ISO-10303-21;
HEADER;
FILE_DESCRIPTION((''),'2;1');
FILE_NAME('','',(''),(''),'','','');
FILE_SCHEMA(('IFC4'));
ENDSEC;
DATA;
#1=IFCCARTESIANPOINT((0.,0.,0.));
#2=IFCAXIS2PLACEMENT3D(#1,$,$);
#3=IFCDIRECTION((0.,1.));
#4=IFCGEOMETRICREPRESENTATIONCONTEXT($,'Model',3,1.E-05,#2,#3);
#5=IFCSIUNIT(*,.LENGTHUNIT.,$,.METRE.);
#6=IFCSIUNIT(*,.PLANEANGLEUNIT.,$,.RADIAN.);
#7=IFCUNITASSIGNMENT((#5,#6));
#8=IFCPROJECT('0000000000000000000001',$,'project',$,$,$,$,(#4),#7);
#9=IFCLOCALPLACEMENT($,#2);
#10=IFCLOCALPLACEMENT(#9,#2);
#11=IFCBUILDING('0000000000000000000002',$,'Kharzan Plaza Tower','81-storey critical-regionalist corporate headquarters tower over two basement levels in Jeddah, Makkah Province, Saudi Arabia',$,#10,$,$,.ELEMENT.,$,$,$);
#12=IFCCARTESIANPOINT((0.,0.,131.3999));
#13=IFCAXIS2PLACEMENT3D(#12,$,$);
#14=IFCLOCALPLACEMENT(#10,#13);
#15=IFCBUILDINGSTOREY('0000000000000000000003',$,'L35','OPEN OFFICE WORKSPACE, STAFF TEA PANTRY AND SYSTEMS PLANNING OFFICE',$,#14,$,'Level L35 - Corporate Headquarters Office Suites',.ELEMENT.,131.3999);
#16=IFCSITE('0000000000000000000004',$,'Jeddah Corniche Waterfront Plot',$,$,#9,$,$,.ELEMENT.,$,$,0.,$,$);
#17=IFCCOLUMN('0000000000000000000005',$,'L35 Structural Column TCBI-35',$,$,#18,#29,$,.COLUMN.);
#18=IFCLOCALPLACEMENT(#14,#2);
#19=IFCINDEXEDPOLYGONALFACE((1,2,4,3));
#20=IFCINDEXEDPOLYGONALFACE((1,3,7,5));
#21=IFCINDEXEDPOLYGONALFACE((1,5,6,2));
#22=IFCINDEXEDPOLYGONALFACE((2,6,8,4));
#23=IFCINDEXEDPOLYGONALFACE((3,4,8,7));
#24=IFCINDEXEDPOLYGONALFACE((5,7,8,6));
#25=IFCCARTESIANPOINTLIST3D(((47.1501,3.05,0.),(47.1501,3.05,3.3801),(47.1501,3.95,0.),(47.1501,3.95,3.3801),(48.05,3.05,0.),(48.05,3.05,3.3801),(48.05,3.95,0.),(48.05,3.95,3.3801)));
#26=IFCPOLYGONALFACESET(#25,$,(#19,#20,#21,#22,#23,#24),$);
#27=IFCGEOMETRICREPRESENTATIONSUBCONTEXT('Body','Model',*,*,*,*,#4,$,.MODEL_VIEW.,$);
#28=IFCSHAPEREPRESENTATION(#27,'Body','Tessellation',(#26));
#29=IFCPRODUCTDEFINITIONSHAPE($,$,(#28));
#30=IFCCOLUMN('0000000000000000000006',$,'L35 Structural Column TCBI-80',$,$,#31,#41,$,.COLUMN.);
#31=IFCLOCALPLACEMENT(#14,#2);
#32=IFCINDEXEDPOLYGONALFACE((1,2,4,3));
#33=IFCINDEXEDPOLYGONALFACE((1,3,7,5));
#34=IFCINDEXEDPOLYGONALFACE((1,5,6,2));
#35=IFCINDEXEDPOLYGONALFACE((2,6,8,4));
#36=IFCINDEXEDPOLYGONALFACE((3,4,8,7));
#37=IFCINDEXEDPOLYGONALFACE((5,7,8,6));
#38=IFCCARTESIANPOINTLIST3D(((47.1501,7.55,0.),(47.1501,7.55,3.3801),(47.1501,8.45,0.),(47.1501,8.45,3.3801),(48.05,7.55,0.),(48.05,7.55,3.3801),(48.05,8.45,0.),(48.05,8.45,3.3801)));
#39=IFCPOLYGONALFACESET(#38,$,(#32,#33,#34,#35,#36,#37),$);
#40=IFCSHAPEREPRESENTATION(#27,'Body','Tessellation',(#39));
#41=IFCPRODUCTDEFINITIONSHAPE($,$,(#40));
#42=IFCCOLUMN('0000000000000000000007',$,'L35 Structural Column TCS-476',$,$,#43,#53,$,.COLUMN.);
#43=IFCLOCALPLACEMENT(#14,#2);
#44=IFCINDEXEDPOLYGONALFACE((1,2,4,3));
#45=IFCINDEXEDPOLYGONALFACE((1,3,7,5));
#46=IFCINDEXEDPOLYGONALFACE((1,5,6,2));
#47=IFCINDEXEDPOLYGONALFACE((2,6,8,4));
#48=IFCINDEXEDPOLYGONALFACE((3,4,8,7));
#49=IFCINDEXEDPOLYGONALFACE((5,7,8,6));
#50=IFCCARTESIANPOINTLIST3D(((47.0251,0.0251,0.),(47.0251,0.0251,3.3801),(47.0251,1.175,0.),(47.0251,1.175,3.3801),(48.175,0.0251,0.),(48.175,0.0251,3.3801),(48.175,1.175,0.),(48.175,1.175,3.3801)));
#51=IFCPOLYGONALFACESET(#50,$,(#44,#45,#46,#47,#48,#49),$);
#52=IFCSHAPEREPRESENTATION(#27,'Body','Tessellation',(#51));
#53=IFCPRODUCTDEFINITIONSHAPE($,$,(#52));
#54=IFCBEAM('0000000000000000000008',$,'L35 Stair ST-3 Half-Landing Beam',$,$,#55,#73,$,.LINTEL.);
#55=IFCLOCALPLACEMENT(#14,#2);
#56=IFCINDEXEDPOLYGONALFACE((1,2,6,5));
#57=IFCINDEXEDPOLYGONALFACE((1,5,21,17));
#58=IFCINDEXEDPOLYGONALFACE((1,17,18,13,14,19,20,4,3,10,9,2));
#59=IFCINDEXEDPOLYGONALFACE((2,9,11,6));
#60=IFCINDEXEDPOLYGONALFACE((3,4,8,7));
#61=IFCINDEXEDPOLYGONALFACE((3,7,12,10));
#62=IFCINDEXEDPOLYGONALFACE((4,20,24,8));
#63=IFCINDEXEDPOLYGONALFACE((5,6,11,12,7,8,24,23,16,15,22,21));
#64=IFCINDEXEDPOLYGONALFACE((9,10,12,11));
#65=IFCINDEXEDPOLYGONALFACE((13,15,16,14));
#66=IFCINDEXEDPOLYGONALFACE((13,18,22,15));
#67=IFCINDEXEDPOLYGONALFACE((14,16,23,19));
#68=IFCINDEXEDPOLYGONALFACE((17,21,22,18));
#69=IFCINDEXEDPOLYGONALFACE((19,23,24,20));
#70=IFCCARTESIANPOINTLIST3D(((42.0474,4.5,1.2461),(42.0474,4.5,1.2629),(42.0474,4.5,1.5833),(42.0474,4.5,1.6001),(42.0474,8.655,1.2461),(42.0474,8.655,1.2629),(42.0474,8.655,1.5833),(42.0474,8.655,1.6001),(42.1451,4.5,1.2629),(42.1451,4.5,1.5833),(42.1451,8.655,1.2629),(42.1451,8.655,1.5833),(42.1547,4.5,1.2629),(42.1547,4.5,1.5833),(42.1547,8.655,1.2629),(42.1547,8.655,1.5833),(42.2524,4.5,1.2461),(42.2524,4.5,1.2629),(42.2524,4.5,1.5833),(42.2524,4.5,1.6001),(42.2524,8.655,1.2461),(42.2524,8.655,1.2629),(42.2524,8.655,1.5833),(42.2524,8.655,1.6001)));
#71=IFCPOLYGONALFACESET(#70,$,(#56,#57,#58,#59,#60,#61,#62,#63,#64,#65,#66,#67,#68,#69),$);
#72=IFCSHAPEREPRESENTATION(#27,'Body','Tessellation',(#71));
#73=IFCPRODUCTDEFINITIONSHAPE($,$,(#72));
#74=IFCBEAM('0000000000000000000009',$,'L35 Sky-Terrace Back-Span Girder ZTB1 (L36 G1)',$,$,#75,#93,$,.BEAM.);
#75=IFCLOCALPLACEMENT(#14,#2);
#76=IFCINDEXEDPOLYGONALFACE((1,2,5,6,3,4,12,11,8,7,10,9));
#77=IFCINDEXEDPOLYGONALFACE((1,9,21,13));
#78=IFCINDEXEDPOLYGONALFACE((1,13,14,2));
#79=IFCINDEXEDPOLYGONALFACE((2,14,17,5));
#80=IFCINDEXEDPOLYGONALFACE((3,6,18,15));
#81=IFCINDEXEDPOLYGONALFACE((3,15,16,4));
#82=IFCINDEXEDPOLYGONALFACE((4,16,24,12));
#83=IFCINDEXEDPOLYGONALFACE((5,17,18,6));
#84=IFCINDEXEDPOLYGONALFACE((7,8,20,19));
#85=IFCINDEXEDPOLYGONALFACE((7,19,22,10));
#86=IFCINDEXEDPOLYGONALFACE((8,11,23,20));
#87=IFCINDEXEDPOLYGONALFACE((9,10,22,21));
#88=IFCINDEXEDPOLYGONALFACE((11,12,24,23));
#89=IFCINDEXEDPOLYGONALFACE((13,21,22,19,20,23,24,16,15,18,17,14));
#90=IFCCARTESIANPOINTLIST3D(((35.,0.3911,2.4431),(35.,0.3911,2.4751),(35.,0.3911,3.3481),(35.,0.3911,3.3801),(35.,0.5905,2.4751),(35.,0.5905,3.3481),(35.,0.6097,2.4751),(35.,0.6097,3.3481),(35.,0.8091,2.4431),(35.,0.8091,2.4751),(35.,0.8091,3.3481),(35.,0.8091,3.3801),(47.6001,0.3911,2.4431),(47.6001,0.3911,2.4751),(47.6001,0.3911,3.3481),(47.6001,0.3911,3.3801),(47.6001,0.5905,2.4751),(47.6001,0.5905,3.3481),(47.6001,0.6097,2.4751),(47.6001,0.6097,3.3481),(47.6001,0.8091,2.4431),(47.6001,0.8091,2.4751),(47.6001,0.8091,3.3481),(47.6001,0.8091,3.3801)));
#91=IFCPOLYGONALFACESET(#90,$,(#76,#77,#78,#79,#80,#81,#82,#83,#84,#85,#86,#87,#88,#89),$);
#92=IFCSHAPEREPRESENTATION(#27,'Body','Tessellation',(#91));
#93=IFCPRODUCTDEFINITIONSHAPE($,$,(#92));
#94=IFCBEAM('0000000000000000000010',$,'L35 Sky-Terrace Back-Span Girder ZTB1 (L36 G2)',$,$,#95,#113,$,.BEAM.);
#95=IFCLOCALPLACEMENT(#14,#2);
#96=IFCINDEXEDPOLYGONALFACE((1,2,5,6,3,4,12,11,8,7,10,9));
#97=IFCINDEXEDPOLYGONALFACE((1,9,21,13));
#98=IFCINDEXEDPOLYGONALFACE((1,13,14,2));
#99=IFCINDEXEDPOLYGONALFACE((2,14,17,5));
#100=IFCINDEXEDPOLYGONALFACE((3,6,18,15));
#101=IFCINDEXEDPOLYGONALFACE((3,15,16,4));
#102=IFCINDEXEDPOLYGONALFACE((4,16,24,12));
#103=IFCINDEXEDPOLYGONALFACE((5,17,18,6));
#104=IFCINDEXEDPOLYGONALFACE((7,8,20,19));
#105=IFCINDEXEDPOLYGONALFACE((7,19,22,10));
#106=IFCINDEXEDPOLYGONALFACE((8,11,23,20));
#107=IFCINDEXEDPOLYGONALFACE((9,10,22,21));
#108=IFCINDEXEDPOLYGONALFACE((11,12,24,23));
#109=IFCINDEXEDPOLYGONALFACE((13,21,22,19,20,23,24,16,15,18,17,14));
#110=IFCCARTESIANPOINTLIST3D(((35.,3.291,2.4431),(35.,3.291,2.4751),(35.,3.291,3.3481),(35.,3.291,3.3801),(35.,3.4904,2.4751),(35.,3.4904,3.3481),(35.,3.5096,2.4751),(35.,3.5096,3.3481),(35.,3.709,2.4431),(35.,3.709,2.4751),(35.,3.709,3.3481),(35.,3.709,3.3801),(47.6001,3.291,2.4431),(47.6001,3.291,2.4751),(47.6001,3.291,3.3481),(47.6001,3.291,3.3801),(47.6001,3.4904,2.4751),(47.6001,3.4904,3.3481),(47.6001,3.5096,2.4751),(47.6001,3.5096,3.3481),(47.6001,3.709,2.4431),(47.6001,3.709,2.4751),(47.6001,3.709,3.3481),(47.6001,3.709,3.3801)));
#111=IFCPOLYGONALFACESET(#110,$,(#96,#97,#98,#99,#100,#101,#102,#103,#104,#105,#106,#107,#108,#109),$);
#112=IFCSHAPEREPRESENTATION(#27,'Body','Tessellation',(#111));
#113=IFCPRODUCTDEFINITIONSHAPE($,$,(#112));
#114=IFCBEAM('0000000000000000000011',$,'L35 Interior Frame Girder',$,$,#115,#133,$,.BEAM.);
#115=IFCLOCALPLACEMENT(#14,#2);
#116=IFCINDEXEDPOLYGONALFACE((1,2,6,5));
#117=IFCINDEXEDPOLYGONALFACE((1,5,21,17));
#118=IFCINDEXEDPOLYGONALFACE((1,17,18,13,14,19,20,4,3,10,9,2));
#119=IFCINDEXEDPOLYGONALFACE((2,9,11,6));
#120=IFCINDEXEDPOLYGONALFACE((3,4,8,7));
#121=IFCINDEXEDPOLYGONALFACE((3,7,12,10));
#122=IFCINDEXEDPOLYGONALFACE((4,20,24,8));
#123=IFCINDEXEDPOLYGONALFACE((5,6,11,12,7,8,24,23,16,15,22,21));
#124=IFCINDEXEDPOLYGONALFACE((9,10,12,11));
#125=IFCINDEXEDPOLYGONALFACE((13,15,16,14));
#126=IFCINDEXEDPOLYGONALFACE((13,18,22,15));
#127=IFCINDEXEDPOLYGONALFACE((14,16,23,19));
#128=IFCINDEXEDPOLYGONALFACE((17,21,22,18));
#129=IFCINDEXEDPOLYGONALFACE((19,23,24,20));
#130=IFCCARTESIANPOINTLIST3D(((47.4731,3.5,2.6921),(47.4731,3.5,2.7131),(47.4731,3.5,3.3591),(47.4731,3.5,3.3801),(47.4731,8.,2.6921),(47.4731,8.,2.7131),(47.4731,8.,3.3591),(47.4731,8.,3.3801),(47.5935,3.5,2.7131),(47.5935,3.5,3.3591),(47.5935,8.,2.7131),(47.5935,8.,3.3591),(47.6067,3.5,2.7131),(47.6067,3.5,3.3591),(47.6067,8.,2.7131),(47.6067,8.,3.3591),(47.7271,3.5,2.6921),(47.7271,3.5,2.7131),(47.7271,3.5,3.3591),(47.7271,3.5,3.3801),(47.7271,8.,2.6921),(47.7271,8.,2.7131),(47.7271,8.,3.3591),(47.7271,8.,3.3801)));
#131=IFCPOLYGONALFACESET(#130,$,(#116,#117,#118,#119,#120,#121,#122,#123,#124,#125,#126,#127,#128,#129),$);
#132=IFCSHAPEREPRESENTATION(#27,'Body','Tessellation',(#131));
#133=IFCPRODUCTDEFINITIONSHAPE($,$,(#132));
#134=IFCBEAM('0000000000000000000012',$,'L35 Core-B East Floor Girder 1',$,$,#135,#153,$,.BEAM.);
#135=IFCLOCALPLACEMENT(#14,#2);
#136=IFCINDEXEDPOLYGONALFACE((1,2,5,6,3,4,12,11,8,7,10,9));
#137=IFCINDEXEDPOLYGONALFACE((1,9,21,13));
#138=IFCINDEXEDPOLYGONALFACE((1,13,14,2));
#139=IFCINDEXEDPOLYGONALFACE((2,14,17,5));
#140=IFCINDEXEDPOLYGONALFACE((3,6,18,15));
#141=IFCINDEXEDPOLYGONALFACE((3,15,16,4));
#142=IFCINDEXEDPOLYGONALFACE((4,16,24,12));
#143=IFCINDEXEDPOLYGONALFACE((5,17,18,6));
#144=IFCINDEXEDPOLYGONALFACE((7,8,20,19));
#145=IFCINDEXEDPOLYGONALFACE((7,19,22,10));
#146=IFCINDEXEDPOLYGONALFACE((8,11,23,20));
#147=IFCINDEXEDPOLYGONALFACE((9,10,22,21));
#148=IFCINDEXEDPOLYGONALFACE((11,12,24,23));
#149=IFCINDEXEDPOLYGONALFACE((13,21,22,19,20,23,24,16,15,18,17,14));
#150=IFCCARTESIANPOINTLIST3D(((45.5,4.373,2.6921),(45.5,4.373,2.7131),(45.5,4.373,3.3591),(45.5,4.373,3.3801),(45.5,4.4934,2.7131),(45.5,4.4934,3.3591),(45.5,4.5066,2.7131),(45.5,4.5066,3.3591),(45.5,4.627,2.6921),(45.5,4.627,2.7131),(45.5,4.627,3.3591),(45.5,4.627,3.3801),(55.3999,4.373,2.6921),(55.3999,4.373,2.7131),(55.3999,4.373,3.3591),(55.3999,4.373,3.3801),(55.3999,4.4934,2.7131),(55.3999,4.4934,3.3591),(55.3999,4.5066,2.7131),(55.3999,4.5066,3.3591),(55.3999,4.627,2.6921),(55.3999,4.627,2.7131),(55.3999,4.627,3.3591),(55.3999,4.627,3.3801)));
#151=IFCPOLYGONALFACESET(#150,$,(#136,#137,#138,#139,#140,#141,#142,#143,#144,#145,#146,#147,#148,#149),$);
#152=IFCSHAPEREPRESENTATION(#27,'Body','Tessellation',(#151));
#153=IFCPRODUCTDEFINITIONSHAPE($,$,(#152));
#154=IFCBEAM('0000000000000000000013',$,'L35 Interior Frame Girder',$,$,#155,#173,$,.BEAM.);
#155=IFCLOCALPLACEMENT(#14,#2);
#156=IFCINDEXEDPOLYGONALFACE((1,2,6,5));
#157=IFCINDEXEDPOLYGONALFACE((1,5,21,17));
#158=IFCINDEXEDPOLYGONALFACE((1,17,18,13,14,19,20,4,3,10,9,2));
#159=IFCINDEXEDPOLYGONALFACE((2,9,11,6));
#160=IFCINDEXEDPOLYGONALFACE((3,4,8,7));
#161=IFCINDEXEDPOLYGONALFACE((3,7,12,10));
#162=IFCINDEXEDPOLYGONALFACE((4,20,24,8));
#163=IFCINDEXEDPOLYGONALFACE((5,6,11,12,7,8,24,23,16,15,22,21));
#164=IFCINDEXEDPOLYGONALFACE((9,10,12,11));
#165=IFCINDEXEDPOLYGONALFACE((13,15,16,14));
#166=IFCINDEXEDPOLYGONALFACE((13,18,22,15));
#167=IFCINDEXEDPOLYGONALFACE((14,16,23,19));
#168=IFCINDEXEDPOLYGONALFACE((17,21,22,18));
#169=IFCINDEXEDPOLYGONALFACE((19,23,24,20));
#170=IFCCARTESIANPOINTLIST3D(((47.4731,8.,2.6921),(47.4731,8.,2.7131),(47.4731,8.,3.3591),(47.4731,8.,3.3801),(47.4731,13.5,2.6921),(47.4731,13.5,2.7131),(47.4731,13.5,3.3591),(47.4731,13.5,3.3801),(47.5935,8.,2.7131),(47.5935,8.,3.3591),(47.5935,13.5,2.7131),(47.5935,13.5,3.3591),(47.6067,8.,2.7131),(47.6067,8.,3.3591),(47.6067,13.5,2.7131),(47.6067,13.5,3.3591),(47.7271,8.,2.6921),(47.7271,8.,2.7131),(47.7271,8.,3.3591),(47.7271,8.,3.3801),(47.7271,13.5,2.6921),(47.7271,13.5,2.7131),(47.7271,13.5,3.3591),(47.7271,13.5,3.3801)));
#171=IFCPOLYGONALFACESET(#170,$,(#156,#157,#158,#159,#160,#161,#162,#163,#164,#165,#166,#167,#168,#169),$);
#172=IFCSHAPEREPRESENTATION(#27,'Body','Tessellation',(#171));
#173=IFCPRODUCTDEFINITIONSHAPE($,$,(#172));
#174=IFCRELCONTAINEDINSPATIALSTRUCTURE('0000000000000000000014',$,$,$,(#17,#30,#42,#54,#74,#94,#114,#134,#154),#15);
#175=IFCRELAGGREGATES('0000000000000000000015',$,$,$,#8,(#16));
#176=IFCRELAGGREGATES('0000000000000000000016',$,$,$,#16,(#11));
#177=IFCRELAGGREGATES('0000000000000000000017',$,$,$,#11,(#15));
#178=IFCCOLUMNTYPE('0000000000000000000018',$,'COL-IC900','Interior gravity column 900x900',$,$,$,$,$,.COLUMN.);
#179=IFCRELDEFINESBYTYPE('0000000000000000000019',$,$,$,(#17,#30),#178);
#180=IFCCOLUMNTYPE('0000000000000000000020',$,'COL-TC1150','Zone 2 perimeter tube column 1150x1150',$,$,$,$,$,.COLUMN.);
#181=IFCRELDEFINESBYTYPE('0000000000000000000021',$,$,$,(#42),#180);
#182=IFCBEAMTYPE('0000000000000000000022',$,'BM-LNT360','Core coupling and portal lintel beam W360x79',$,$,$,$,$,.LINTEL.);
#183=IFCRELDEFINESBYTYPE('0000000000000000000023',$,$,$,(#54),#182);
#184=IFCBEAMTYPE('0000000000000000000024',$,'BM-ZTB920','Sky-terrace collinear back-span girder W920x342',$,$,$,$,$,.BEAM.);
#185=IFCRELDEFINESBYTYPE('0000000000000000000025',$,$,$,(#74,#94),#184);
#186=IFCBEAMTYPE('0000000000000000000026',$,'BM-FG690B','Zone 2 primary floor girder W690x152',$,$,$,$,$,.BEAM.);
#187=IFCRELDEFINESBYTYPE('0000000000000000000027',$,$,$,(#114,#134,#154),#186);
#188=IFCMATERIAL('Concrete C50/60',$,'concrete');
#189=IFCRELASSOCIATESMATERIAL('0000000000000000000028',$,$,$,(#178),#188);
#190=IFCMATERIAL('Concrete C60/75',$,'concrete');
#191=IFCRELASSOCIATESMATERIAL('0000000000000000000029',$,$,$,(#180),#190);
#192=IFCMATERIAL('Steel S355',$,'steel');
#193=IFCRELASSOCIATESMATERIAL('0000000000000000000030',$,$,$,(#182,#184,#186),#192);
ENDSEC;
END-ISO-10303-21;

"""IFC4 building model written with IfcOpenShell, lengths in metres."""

from ifc_helpers import new_model, si_unit, direction, frame, origin, origin_2d, place, context, subcontext, project, spatial, rectangle, i_section, extrude, source, transform, mapped, material, material_profile, profile_set, type_object, element, save


model = new_model("IFC4")

# Units and contexts
model_context = context("Model", 3, precision=1e-05, world=origin(), true_north=direction((0.0, 1.0)))
body_context = subcontext(model_context, "Body", "Model", "MODEL_VIEW")
ifc_project = project(units=[si_unit("LENGTHUNIT", "METRE"), si_unit("PLANEANGLEUNIT", "RADIAN")], contexts=[model_context])

# Site, building, storey
site_placement = place(None, origin())
site = spatial("IfcSite", under=ifc_project, at=site_placement, Name="Jeddah Corniche Waterfront Plot", CompositionType="ELEMENT", RefElevation=0.0)
building_placement = place(site_placement, origin())
building = spatial("IfcBuilding", under=site, at=building_placement, Name="Kharzan Plaza Tower", Description="81-storey critical-regionalist corporate headquarters tower over two basement levels in Jeddah, Makkah Province, Saudi Arabia", CompositionType="ELEMENT")
storey_placement = place(building_placement, frame((0.0, 0.0, 131.3999)))
storey = spatial("IfcBuildingStorey", under=building, at=storey_placement, Name="L35", Description="OPEN OFFICE WORKSPACE, STAFF TEA PANTRY AND SYSTEMS PLANNING OFFICE", LongName="Level L35 - Corporate Headquarters Office Suites", CompositionType="ELEMENT", Elevation=131.3999)

# Columns
ifc_material_1 = material(Name="Concrete C50/60", Category="concrete")
ifc_material_profile_1 = material_profile(ifc_material_1, rectangle(XDim=0.8999, YDim=0.8999, at=origin_2d()), Name="RC-IC900x900")
ifc_profile_set_1 = profile_set([ifc_material_profile_1], Name="Concrete C50/60")
column_type_1 = type_object("IfcColumnType", Name="COL-IC900", Description="Interior gravity column 900x900", PredefinedType="COLUMN", material=ifc_profile_set_1)
shared_shape_1 = source(origin(), body_context, "Body", "SweptSolid", [
    extrude(rectangle(XDim=0.8999, YDim=0.8999, at=origin_2d()), origin(), (0.0, 0.0, 1.0), 3.3801),
])
for number, where, z_axis, x_axis, name in (
    (1, (47.6001, 3.5, 0.0), (0.0, 0.0, 1.0), (1.0, 0.0, 0.0), "L35 Structural Column TCBI-35"),
    (2, (47.6001, 8.0, 0.0), (0.0, 0.0, 1.0), (1.0, 0.0, 0.0), "L35 Structural Column TCBI-80"),
):
    element("IfcColumn", number, at=place(storey_placement, frame(where, z_axis=z_axis, x_axis=x_axis)), inside=storey, type_object=column_type_1, Name=name, PredefinedType="COLUMN", context=body_context, shape_type="MappedRepresentation", body=[
        mapped(shared_shape_1, transform((0.0, 0.0, 0.0), x_axis=(1.0, 0.0, 0.0), y_axis=(0.0, 1.0, 0.0), z_axis=(0.0, 0.0, 1.0))),
    ])
ifc_material_2 = material(Name="Concrete C60/75", Category="concrete")
ifc_material_profile_2 = material_profile(ifc_material_2, rectangle(XDim=1.1499, YDim=1.1499, at=origin_2d()), Name="RC-TC1150x1150")
ifc_profile_set_2 = profile_set([ifc_material_profile_2], Name="Concrete C60/75")
column_type_2 = type_object("IfcColumnType", Name="COL-TC1150", Description="Zone 2 perimeter tube column 1150x1150", PredefinedType="COLUMN", material=ifc_profile_set_2)
shared_shape_2 = source(origin(), body_context, "Body", "SweptSolid", [
    extrude(rectangle(XDim=1.1499, YDim=1.1499, at=origin_2d()), origin(), (0.0, 0.0, 1.0), 3.3801),
])
column_placement = place(storey_placement, frame((47.6001, 0.6001, 0.0), z_axis=(0.0, 0.0, 1.0), x_axis=(1.0, 0.0, 0.0)))
element("IfcColumn", 3, at=column_placement, inside=storey, type_object=column_type_2, Name="L35 Structural Column TCS-476", PredefinedType="COLUMN", context=body_context, shape_type="MappedRepresentation", body=[
    mapped(shared_shape_2, transform((0.0, 0.0, 0.0), x_axis=(1.0, 0.0, 0.0), y_axis=(0.0, 1.0, 0.0), z_axis=(0.0, 0.0, 1.0))),
])

# Beams
ifc_material_3 = material(Name="Steel S355", Category="steel")
ifc_material_profile_3 = material_profile(ifc_material_3, i_section(OverallWidth=0.2051, OverallDepth=0.354, WebThickness=0.0095, FlangeThickness=0.0168, at=origin_2d()), Name="W360x79")
ifc_profile_set_3 = profile_set([ifc_material_profile_3], Name="Steel S355")
beam_type_1 = type_object("IfcBeamType", Name="BM-LNT360", Description="Core coupling and portal lintel beam W360x79", PredefinedType="LINTEL", material=ifc_profile_set_3)
shared_shape_3 = source(origin(), body_context, "Body", "SweptSolid", [
    extrude(i_section(OverallWidth=0.2051, OverallDepth=0.354, WebThickness=0.0095, FlangeThickness=0.0168, at=origin_2d()), origin(), (0.0, 0.0, 1.0), 4.155),
])
beam_1_placement = place(storey_placement, frame((42.1499, 4.5, 1.4231), z_axis=(0.0, 1.0, 0.0), x_axis=(-1.0, 0.0, 0.0)))
element("IfcBeam", 4, at=beam_1_placement, inside=storey, type_object=beam_type_1, Name="L35 Stair ST-3 Half-Landing Beam", PredefinedType="LINTEL", context=body_context, shape_type="MappedRepresentation", body=[
    mapped(shared_shape_3, transform((0.0, 0.0, 0.0), x_axis=(1.0, 0.0, 0.0), y_axis=(0.0, 1.0, 0.0), z_axis=(0.0, 0.0, 1.0))),
])
ifc_material_profile_4 = material_profile(ifc_material_3, i_section(OverallWidth=0.418, OverallDepth=0.937, WebThickness=0.0193, FlangeThickness=0.032, at=origin_2d()), Name="W920x342")
ifc_profile_set_4 = profile_set([ifc_material_profile_4], Name="Steel S355")
beam_type_2 = type_object("IfcBeamType", Name="BM-ZTB920", Description="Sky-terrace collinear back-span girder W920x342", PredefinedType="BEAM", material=ifc_profile_set_4)
shared_shape_4 = source(origin(), body_context, "Body", "SweptSolid", [
    extrude(i_section(OverallWidth=0.418, OverallDepth=0.937, WebThickness=0.0193, FlangeThickness=0.032, at=origin_2d()), origin(), (0.0, 0.0, 1.0), 12.6001),
])
for number, where, z_axis, x_axis, name in (
    (5, (47.6001, 0.6001, 2.9116), (-1.0, 0.0, 0.0), (0.0, -1.0, 0.0), "L35 Sky-Terrace Back-Span Girder ZTB1 (L36 G1)"),
    (6, (47.6001, 3.5, 2.9116), (-1.0, 0.0, 0.0), (0.0, -1.0, 0.0), "L35 Sky-Terrace Back-Span Girder ZTB1 (L36 G2)"),
):
    element("IfcBeam", number, at=place(storey_placement, frame(where, z_axis=z_axis, x_axis=x_axis)), inside=storey, type_object=beam_type_2, Name=name, PredefinedType="BEAM", context=body_context, shape_type="MappedRepresentation", body=[
        mapped(shared_shape_4, transform((0.0, 0.0, 0.0), x_axis=(1.0, 0.0, 0.0), y_axis=(0.0, 1.0, 0.0), z_axis=(0.0, 0.0, 1.0))),
    ])
ifc_material_profile_5 = material_profile(ifc_material_3, i_section(OverallWidth=0.2539, OverallDepth=0.688, WebThickness=0.0132, FlangeThickness=0.021, at=origin_2d()), Name="W690x152")
ifc_profile_set_5 = profile_set([ifc_material_profile_5], Name="Steel S355")
beam_type_3 = type_object("IfcBeamType", Name="BM-FG690B", Description="Zone 2 primary floor girder W690x152", PredefinedType="BEAM", material=ifc_profile_set_5)
shared_shape_5 = source(origin(), body_context, "Body", "SweptSolid", [
    extrude(i_section(OverallWidth=0.2539, OverallDepth=0.688, WebThickness=0.0132, FlangeThickness=0.021, at=origin_2d()), origin(), (0.0, 0.0, 1.0), 4.5),
])
beam_2_placement = place(storey_placement, frame((47.6001, 3.5, 3.0361), z_axis=(0.0, 1.0, 0.0), x_axis=(-1.0, 0.0, 0.0)))
element("IfcBeam", 7, at=beam_2_placement, inside=storey, type_object=beam_type_3, Name="L35 Interior Frame Girder", PredefinedType="BEAM", context=body_context, shape_type="MappedRepresentation", body=[
    mapped(shared_shape_5, transform((0.0, 0.0, 0.0), x_axis=(1.0, 0.0, 0.0), y_axis=(0.0, 1.0, 0.0), z_axis=(0.0, 0.0, 1.0))),
])
shared_shape_6 = source(origin(), body_context, "Body", "SweptSolid", [
    extrude(i_section(OverallWidth=0.2539, OverallDepth=0.688, WebThickness=0.0132, FlangeThickness=0.021, at=origin_2d()), origin(), (0.0, 0.0, 1.0), 9.8999),
])
beam_3_placement = place(storey_placement, frame((45.5, 4.5, 3.0361), z_axis=(1.0, 0.0, 0.0), x_axis=(0.0, 1.0, 0.0)))
element("IfcBeam", 8, at=beam_3_placement, inside=storey, type_object=beam_type_3, Name="L35 Core-B East Floor Girder 1", PredefinedType="BEAM", context=body_context, shape_type="MappedRepresentation", body=[
    mapped(shared_shape_6, transform((0.0, 0.0, 0.0), x_axis=(1.0, 0.0, 0.0), y_axis=(0.0, 1.0, 0.0), z_axis=(0.0, 0.0, 1.0))),
])
shared_shape_7 = source(origin(), body_context, "Body", "SweptSolid", [
    extrude(i_section(OverallWidth=0.2539, OverallDepth=0.688, WebThickness=0.0132, FlangeThickness=0.021, at=origin_2d()), origin(), (0.0, 0.0, 1.0), 5.5),
])
beam_4_placement = place(storey_placement, frame((47.6001, 8.0, 3.0361), z_axis=(0.0, 1.0, 0.0), x_axis=(-1.0, 0.0, 0.0)))
element("IfcBeam", 9, at=beam_4_placement, inside=storey, type_object=beam_type_3, Name="L35 Interior Frame Girder", PredefinedType="BEAM", context=body_context, shape_type="MappedRepresentation", body=[
    mapped(shared_shape_7, transform((0.0, 0.0, 0.0), x_axis=(1.0, 0.0, 0.0), y_axis=(0.0, 1.0, 0.0), z_axis=(0.0, 0.0, 1.0))),
])

save(model, "model.ifc")
